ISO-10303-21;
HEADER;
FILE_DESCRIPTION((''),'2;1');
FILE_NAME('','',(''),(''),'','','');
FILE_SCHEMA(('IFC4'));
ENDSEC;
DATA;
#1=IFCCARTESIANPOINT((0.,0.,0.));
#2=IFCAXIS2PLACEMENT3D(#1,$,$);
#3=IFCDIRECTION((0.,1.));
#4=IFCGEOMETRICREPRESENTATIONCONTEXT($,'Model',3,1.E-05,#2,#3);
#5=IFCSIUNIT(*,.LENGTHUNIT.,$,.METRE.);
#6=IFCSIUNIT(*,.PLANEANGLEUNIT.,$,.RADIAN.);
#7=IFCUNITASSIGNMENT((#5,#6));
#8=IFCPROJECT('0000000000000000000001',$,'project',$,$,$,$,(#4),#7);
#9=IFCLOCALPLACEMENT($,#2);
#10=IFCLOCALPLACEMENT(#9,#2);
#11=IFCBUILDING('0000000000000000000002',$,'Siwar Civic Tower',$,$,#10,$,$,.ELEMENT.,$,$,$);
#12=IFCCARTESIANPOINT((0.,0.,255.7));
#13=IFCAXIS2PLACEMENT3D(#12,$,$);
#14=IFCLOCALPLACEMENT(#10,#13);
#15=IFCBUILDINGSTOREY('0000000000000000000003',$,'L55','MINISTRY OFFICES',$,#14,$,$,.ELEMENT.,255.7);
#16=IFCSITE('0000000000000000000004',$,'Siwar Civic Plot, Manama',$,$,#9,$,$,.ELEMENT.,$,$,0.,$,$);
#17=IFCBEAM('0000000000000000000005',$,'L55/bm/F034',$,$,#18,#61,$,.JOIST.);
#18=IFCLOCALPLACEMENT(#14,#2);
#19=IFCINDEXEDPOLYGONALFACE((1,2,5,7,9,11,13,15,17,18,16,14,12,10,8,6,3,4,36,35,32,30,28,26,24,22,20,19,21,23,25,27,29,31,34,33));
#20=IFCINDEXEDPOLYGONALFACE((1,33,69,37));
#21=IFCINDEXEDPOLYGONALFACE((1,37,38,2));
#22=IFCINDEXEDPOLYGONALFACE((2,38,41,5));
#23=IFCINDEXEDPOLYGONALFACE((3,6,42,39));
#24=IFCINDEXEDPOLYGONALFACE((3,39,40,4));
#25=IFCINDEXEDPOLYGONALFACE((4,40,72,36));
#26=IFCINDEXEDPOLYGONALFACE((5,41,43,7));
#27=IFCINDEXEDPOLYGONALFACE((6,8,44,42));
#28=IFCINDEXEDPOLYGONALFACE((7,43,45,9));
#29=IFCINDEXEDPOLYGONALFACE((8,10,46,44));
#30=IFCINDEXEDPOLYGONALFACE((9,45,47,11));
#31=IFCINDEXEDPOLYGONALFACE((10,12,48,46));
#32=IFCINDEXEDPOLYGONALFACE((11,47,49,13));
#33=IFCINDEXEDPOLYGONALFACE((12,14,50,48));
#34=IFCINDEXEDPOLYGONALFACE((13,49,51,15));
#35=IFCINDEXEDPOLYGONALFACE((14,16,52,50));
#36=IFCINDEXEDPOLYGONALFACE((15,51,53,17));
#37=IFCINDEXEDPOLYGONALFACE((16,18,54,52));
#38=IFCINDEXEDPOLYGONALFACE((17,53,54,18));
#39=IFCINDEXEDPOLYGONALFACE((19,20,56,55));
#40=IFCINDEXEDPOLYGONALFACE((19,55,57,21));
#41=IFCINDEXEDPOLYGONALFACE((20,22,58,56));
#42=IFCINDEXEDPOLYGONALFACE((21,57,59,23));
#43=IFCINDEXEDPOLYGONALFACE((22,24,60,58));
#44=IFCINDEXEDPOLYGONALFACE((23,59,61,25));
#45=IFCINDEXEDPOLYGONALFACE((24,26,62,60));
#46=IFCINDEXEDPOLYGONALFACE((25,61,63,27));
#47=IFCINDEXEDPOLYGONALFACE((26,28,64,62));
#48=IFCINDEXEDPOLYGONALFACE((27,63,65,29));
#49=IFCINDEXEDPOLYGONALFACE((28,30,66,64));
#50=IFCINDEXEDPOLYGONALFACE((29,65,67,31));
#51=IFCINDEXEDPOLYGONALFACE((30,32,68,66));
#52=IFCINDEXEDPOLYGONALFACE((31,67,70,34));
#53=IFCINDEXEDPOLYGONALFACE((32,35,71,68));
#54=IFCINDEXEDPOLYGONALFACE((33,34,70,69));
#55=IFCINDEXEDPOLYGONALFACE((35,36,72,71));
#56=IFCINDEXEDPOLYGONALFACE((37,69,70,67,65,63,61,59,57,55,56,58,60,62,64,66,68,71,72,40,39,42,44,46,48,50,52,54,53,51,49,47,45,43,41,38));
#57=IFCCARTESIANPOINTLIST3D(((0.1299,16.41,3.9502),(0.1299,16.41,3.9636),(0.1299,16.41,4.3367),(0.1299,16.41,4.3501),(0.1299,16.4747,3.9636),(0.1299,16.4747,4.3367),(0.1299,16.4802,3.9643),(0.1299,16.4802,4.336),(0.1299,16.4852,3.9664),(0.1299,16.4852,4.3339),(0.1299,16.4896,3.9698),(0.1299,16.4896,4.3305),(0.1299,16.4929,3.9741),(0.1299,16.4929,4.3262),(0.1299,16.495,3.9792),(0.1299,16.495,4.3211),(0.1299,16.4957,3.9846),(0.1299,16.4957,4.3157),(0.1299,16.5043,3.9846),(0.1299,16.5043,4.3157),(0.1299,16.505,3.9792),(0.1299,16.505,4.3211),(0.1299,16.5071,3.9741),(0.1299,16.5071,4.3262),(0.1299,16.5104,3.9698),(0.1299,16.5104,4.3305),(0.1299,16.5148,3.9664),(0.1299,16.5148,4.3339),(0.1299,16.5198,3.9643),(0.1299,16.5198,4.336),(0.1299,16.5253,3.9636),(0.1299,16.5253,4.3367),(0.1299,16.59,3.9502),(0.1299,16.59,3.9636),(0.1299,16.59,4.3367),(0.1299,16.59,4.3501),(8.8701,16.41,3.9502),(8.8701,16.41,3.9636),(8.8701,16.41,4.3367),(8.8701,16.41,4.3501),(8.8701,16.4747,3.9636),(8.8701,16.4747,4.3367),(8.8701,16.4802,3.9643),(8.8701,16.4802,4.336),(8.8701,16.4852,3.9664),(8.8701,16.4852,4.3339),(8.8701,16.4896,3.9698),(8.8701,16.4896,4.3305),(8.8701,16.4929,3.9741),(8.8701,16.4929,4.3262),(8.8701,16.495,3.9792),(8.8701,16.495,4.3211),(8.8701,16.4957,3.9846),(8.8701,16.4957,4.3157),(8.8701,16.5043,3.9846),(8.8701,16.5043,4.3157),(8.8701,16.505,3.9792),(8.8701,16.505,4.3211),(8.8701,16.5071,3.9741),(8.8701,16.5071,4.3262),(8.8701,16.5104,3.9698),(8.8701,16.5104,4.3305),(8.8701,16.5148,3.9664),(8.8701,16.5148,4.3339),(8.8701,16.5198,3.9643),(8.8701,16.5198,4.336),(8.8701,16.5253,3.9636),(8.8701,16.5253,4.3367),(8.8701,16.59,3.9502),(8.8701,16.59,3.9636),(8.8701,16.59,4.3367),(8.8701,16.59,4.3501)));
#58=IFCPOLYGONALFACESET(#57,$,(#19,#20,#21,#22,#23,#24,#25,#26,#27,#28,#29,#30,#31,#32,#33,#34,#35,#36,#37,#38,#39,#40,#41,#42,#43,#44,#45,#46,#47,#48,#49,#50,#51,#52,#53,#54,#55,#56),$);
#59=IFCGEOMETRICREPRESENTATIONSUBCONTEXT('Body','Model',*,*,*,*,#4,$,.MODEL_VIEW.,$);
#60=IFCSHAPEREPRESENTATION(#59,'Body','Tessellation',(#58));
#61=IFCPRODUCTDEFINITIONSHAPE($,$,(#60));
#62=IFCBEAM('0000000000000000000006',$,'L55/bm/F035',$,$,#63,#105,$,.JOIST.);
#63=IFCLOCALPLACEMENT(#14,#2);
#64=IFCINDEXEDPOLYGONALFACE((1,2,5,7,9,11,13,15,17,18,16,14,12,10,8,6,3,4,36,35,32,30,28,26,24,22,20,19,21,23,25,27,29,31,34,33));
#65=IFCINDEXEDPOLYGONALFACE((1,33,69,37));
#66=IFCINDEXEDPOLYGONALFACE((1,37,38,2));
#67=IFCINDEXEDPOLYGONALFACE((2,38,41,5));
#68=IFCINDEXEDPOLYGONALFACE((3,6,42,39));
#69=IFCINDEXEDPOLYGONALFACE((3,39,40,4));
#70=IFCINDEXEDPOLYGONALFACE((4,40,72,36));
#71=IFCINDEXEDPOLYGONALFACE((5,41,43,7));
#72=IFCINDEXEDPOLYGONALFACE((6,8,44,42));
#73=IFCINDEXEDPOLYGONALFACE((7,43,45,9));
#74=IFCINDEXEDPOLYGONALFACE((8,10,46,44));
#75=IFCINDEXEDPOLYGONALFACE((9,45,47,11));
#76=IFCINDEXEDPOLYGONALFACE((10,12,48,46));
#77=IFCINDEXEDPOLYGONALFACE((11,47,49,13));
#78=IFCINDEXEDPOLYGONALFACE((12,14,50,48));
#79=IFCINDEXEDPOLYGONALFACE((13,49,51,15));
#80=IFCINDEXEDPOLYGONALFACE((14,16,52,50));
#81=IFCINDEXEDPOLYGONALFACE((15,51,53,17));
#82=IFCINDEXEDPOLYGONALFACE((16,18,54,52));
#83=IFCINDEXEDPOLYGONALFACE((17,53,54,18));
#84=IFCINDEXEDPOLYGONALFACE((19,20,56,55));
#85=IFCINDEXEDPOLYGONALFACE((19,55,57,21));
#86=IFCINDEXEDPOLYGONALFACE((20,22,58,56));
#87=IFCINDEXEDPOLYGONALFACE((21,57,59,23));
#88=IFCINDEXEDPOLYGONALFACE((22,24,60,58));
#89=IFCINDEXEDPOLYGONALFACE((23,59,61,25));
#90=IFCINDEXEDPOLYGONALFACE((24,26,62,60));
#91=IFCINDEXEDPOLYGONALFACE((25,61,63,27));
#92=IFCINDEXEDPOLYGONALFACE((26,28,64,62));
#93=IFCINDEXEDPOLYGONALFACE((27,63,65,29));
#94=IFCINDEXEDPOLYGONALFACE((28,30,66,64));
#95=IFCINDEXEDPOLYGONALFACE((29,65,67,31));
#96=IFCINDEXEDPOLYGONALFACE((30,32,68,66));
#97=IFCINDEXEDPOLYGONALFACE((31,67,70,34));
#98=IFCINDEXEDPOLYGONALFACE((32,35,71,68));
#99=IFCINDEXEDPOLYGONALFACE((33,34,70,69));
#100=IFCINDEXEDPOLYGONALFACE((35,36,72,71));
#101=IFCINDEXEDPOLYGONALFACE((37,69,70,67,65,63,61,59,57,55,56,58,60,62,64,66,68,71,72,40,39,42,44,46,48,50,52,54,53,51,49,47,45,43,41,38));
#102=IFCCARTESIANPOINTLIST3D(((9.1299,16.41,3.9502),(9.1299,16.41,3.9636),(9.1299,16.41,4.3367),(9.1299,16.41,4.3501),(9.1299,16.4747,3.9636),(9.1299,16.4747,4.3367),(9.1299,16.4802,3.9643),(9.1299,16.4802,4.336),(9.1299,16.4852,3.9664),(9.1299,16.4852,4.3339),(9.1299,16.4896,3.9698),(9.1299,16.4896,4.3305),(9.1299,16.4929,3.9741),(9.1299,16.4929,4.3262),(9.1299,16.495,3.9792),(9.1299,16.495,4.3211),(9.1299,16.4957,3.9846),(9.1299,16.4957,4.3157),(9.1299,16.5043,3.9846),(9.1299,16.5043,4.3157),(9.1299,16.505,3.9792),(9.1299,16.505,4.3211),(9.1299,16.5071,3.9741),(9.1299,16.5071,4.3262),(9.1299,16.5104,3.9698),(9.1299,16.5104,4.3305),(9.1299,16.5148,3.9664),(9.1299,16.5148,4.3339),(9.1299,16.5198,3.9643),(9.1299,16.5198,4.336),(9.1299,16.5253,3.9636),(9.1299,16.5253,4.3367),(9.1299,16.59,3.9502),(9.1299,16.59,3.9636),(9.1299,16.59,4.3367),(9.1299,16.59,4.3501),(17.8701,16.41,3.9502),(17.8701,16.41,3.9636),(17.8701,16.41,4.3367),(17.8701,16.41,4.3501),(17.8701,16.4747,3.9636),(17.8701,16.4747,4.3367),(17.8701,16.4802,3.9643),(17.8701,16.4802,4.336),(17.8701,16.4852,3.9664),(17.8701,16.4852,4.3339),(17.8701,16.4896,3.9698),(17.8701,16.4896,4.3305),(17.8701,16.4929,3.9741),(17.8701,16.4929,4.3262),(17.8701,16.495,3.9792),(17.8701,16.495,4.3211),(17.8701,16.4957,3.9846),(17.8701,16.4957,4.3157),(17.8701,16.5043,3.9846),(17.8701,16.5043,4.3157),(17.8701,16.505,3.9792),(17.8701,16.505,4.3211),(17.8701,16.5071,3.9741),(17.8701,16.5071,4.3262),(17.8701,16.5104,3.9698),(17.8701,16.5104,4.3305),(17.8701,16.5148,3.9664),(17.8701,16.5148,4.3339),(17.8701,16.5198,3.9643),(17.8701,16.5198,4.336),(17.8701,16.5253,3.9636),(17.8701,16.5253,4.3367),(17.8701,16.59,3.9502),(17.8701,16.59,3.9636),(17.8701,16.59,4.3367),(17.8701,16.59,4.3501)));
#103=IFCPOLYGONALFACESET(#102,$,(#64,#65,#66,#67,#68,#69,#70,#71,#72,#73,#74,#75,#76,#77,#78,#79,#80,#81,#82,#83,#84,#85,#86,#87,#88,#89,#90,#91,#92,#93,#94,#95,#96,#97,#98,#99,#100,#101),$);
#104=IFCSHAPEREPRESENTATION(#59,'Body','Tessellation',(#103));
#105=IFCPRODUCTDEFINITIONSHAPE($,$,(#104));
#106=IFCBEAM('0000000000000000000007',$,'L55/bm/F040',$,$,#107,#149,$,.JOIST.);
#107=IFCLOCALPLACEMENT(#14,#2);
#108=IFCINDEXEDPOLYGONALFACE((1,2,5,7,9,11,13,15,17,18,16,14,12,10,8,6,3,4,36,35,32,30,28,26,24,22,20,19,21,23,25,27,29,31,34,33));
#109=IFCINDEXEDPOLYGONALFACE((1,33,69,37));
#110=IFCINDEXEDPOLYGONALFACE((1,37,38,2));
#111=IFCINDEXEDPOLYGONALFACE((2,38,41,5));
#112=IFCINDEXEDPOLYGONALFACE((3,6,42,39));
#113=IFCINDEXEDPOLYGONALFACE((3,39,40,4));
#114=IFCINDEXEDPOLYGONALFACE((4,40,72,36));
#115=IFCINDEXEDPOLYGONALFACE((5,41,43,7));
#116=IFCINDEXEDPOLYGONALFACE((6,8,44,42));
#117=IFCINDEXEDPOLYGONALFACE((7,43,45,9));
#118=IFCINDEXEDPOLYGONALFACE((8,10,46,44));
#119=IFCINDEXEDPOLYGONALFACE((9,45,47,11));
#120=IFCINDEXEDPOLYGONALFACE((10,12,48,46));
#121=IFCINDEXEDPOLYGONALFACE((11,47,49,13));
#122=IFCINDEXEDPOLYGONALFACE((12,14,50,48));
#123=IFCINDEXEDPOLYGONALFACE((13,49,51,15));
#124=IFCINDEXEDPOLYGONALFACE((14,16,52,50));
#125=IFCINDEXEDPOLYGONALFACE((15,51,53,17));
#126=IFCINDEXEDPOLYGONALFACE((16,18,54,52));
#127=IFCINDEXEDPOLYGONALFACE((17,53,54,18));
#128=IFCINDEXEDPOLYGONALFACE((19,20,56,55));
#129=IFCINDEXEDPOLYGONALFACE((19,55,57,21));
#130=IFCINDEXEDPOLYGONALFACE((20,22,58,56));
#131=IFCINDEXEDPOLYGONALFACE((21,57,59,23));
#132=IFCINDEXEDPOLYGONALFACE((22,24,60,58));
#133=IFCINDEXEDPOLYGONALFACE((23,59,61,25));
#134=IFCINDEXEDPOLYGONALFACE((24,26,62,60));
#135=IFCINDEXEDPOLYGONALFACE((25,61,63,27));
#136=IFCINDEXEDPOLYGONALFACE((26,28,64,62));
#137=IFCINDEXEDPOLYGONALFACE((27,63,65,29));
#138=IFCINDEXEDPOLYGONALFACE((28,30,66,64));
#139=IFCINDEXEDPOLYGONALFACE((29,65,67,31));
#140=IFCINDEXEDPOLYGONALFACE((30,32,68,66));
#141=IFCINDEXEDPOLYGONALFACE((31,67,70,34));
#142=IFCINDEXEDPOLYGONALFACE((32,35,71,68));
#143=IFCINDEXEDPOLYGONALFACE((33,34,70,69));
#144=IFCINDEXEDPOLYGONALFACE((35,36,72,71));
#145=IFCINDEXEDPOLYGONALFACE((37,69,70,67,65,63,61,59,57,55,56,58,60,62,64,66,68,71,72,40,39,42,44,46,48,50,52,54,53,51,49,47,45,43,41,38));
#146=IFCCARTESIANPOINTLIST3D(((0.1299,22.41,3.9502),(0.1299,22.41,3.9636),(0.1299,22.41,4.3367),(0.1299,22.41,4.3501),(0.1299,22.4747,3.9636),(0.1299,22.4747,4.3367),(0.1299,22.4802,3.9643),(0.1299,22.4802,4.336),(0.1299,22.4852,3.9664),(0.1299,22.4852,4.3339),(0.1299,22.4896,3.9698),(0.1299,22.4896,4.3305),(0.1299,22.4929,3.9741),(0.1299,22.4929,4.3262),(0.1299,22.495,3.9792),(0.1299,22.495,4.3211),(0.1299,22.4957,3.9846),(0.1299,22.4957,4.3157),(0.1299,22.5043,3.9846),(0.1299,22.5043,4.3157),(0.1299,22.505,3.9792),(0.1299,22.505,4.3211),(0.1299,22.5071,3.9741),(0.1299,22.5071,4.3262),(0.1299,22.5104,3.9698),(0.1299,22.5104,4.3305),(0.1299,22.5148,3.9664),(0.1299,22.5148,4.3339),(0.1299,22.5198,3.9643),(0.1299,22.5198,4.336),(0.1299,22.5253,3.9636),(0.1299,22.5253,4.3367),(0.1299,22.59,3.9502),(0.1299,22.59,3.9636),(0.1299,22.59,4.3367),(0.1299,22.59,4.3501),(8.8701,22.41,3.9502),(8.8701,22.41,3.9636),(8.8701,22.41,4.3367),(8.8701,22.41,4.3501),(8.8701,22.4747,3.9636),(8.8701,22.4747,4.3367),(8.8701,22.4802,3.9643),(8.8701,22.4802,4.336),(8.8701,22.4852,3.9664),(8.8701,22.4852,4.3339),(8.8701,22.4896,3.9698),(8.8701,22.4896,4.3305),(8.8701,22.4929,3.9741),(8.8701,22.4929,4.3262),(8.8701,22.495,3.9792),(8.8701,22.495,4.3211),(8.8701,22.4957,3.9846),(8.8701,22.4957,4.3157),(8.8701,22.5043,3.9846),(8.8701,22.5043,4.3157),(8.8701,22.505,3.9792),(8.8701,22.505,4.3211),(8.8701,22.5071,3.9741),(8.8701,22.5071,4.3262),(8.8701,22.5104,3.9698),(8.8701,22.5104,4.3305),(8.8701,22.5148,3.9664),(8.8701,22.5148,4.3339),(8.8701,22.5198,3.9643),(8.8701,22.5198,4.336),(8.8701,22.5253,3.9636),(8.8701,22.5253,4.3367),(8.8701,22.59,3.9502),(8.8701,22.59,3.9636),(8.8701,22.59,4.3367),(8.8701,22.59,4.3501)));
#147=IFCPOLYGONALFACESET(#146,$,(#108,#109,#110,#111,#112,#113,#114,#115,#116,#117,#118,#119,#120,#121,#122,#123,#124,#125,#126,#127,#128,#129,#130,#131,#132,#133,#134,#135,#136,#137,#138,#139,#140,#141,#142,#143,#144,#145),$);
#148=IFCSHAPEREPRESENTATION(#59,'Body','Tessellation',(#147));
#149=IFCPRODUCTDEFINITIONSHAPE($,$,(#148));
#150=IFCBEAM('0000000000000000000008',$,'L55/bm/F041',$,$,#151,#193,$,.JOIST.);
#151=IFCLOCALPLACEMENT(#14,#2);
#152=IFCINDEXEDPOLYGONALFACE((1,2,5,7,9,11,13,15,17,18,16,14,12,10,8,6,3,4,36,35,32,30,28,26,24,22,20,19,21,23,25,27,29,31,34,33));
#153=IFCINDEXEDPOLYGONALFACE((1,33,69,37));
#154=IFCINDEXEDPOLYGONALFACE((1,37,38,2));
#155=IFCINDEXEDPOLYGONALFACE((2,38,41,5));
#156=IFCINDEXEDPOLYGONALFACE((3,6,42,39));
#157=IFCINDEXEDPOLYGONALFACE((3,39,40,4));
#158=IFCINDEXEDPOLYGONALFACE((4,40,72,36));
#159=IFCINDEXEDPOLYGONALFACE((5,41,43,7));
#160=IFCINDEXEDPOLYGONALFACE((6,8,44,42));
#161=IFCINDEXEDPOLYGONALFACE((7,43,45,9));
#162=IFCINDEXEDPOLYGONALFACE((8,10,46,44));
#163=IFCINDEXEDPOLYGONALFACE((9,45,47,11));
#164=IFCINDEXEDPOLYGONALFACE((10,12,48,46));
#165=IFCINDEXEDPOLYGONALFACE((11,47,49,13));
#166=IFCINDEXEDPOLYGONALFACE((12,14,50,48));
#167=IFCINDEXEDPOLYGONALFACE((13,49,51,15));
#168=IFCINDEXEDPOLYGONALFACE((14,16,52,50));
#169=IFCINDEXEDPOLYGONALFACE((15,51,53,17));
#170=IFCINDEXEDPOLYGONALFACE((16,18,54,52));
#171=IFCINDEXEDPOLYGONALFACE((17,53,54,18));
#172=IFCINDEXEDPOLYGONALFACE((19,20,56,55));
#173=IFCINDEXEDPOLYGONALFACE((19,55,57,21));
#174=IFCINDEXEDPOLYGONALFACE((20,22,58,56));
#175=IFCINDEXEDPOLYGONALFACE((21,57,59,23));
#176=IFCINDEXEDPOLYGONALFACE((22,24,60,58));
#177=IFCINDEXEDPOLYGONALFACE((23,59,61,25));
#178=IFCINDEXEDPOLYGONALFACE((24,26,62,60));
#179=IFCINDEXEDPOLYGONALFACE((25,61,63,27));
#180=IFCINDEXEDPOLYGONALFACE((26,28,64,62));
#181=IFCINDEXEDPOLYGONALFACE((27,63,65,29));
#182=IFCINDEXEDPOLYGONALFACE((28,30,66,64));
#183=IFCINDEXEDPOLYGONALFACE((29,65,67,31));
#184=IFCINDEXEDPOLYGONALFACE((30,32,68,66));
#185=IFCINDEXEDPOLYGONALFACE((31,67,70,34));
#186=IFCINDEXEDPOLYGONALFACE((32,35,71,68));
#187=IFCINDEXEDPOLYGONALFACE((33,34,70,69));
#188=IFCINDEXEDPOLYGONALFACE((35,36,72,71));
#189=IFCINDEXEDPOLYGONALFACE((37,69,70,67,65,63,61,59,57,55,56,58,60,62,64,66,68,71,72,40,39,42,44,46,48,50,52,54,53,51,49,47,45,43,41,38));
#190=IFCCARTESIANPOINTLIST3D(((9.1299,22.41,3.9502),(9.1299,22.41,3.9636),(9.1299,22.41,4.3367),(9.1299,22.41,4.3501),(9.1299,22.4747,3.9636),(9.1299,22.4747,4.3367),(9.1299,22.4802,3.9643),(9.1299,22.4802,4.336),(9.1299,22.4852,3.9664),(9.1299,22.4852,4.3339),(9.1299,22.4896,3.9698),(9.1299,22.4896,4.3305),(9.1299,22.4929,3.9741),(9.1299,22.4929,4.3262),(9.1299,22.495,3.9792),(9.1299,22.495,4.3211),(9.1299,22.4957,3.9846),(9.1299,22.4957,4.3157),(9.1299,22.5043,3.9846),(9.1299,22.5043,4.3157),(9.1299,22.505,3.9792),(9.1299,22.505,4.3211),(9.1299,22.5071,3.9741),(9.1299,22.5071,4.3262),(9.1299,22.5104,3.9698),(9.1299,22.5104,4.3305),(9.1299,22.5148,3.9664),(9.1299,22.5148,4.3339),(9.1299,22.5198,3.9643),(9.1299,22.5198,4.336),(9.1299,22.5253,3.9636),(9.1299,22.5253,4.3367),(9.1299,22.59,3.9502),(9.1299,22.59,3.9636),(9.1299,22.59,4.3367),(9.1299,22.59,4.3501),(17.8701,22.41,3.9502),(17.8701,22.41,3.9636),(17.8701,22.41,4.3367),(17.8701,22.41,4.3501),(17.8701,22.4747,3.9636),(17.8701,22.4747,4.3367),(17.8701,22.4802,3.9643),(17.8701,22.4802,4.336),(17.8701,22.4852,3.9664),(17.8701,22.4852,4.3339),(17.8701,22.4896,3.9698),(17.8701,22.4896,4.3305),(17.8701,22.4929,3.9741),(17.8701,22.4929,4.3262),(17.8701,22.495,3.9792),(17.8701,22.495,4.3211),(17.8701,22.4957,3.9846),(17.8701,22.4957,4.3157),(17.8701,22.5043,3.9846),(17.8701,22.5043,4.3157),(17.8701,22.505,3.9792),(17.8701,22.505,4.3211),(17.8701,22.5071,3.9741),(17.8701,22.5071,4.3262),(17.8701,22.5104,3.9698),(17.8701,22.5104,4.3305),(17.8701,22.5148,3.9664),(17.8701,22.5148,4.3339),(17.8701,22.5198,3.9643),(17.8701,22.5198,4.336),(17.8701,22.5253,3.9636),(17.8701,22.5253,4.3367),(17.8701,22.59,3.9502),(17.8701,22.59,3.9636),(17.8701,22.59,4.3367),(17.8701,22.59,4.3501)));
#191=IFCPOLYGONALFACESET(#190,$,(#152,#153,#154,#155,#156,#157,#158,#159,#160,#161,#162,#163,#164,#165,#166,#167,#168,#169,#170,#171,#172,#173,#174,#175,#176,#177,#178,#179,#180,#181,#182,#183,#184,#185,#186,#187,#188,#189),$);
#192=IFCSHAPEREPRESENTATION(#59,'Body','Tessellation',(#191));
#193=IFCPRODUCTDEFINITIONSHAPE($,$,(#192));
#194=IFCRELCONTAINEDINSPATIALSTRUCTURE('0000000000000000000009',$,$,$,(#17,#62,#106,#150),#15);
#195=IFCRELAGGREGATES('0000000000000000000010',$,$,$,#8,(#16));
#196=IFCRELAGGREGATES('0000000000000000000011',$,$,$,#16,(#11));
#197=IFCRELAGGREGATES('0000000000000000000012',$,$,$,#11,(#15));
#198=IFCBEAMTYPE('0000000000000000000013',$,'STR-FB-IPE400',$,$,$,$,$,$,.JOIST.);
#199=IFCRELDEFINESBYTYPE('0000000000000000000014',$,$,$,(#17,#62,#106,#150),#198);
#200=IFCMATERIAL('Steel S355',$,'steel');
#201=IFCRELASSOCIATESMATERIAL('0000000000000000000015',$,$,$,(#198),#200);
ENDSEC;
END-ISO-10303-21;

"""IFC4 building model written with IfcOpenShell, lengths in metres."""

from ifc_helpers import new_model, si_unit, direction, frame, origin, origin_2d, place, context, subcontext, project, spatial, i_section, extrude, material, material_profile, profile_set, type_object, element, save


model = new_model("IFC4")

# Units and contexts
model_context = context("Model", 3, precision=1e-05, world=origin(), true_north=direction((0.0, 1.0)))
body_context = subcontext(model_context, "Body", "Model", "MODEL_VIEW")
ifc_project = project(units=[si_unit("LENGTHUNIT", "METRE"), si_unit("PLANEANGLEUNIT", "RADIAN")], contexts=[model_context])

# Site, building, storey
site_placement = place(None, origin())
site = spatial("IfcSite", under=ifc_project, at=site_placement, Name="Siwar Civic Plot, Manama", CompositionType="ELEMENT", RefElevation=0.0)
building_placement = place(site_placement, origin())
building = spatial("IfcBuilding", under=site, at=building_placement, Name="Siwar Civic Tower", CompositionType="ELEMENT")
storey_placement = place(building_placement, frame((0.0, 0.0, 255.7)))
storey = spatial("IfcBuildingStorey", under=building, at=storey_placement, Name="L55", Description="MINISTRY OFFICES", CompositionType="ELEMENT", Elevation=255.7)

# Beams
ifc_material_1 = material(Name="Steel S355", Category="steel")
ifc_material_profile_1 = material_profile(ifc_material_1, i_section(OverallWidth=0.1799, OverallDepth=0.3999, WebThickness=0.0085, FlangeThickness=0.0134, FilletRadius=0.021, at=origin_2d()), Name="IPE400")
ifc_profile_set_1 = profile_set([ifc_material_profile_1], Name="Steel S355")
beam_type_1 = type_object("IfcBeamType", Name="STR-FB-IPE400", PredefinedType="JOIST", material=ifc_profile_set_1)
for number, where, z_axis, x_axis, name in (
    (1, (0.1299, 16.5, 4.1501), (1.0, 0.0, 0.0), (0.0, 1.0, 0.0), "L55/bm/F034"),
    (2, (9.1299, 16.5, 4.1501), (1.0, 0.0, 0.0), (0.0, 1.0, 0.0), "L55/bm/F035"),
    (3, (0.1299, 22.5, 4.1501), (1.0, 0.0, 0.0), (0.0, 1.0, 0.0), "L55/bm/F040"),
    (4, (9.1299, 22.5, 4.1501), (1.0, 0.0, 0.0), (0.0, 1.0, 0.0), "L55/bm/F041"),
):
    element("IfcBeam", number, at=place(storey_placement, frame(where, z_axis=z_axis, x_axis=x_axis)), inside=storey, type_object=beam_type_1, Name=name, PredefinedType="JOIST", context=body_context, shape_type="SweptSolid", body=[
        extrude(i_section(OverallWidth=0.1799, OverallDepth=0.3999, WebThickness=0.0085, FlangeThickness=0.0134, FilletRadius=0.021, at=origin_2d()), origin(), (0.0, 0.0, 1.0), 8.7402),
    ])

save(model, "model.ifc")
